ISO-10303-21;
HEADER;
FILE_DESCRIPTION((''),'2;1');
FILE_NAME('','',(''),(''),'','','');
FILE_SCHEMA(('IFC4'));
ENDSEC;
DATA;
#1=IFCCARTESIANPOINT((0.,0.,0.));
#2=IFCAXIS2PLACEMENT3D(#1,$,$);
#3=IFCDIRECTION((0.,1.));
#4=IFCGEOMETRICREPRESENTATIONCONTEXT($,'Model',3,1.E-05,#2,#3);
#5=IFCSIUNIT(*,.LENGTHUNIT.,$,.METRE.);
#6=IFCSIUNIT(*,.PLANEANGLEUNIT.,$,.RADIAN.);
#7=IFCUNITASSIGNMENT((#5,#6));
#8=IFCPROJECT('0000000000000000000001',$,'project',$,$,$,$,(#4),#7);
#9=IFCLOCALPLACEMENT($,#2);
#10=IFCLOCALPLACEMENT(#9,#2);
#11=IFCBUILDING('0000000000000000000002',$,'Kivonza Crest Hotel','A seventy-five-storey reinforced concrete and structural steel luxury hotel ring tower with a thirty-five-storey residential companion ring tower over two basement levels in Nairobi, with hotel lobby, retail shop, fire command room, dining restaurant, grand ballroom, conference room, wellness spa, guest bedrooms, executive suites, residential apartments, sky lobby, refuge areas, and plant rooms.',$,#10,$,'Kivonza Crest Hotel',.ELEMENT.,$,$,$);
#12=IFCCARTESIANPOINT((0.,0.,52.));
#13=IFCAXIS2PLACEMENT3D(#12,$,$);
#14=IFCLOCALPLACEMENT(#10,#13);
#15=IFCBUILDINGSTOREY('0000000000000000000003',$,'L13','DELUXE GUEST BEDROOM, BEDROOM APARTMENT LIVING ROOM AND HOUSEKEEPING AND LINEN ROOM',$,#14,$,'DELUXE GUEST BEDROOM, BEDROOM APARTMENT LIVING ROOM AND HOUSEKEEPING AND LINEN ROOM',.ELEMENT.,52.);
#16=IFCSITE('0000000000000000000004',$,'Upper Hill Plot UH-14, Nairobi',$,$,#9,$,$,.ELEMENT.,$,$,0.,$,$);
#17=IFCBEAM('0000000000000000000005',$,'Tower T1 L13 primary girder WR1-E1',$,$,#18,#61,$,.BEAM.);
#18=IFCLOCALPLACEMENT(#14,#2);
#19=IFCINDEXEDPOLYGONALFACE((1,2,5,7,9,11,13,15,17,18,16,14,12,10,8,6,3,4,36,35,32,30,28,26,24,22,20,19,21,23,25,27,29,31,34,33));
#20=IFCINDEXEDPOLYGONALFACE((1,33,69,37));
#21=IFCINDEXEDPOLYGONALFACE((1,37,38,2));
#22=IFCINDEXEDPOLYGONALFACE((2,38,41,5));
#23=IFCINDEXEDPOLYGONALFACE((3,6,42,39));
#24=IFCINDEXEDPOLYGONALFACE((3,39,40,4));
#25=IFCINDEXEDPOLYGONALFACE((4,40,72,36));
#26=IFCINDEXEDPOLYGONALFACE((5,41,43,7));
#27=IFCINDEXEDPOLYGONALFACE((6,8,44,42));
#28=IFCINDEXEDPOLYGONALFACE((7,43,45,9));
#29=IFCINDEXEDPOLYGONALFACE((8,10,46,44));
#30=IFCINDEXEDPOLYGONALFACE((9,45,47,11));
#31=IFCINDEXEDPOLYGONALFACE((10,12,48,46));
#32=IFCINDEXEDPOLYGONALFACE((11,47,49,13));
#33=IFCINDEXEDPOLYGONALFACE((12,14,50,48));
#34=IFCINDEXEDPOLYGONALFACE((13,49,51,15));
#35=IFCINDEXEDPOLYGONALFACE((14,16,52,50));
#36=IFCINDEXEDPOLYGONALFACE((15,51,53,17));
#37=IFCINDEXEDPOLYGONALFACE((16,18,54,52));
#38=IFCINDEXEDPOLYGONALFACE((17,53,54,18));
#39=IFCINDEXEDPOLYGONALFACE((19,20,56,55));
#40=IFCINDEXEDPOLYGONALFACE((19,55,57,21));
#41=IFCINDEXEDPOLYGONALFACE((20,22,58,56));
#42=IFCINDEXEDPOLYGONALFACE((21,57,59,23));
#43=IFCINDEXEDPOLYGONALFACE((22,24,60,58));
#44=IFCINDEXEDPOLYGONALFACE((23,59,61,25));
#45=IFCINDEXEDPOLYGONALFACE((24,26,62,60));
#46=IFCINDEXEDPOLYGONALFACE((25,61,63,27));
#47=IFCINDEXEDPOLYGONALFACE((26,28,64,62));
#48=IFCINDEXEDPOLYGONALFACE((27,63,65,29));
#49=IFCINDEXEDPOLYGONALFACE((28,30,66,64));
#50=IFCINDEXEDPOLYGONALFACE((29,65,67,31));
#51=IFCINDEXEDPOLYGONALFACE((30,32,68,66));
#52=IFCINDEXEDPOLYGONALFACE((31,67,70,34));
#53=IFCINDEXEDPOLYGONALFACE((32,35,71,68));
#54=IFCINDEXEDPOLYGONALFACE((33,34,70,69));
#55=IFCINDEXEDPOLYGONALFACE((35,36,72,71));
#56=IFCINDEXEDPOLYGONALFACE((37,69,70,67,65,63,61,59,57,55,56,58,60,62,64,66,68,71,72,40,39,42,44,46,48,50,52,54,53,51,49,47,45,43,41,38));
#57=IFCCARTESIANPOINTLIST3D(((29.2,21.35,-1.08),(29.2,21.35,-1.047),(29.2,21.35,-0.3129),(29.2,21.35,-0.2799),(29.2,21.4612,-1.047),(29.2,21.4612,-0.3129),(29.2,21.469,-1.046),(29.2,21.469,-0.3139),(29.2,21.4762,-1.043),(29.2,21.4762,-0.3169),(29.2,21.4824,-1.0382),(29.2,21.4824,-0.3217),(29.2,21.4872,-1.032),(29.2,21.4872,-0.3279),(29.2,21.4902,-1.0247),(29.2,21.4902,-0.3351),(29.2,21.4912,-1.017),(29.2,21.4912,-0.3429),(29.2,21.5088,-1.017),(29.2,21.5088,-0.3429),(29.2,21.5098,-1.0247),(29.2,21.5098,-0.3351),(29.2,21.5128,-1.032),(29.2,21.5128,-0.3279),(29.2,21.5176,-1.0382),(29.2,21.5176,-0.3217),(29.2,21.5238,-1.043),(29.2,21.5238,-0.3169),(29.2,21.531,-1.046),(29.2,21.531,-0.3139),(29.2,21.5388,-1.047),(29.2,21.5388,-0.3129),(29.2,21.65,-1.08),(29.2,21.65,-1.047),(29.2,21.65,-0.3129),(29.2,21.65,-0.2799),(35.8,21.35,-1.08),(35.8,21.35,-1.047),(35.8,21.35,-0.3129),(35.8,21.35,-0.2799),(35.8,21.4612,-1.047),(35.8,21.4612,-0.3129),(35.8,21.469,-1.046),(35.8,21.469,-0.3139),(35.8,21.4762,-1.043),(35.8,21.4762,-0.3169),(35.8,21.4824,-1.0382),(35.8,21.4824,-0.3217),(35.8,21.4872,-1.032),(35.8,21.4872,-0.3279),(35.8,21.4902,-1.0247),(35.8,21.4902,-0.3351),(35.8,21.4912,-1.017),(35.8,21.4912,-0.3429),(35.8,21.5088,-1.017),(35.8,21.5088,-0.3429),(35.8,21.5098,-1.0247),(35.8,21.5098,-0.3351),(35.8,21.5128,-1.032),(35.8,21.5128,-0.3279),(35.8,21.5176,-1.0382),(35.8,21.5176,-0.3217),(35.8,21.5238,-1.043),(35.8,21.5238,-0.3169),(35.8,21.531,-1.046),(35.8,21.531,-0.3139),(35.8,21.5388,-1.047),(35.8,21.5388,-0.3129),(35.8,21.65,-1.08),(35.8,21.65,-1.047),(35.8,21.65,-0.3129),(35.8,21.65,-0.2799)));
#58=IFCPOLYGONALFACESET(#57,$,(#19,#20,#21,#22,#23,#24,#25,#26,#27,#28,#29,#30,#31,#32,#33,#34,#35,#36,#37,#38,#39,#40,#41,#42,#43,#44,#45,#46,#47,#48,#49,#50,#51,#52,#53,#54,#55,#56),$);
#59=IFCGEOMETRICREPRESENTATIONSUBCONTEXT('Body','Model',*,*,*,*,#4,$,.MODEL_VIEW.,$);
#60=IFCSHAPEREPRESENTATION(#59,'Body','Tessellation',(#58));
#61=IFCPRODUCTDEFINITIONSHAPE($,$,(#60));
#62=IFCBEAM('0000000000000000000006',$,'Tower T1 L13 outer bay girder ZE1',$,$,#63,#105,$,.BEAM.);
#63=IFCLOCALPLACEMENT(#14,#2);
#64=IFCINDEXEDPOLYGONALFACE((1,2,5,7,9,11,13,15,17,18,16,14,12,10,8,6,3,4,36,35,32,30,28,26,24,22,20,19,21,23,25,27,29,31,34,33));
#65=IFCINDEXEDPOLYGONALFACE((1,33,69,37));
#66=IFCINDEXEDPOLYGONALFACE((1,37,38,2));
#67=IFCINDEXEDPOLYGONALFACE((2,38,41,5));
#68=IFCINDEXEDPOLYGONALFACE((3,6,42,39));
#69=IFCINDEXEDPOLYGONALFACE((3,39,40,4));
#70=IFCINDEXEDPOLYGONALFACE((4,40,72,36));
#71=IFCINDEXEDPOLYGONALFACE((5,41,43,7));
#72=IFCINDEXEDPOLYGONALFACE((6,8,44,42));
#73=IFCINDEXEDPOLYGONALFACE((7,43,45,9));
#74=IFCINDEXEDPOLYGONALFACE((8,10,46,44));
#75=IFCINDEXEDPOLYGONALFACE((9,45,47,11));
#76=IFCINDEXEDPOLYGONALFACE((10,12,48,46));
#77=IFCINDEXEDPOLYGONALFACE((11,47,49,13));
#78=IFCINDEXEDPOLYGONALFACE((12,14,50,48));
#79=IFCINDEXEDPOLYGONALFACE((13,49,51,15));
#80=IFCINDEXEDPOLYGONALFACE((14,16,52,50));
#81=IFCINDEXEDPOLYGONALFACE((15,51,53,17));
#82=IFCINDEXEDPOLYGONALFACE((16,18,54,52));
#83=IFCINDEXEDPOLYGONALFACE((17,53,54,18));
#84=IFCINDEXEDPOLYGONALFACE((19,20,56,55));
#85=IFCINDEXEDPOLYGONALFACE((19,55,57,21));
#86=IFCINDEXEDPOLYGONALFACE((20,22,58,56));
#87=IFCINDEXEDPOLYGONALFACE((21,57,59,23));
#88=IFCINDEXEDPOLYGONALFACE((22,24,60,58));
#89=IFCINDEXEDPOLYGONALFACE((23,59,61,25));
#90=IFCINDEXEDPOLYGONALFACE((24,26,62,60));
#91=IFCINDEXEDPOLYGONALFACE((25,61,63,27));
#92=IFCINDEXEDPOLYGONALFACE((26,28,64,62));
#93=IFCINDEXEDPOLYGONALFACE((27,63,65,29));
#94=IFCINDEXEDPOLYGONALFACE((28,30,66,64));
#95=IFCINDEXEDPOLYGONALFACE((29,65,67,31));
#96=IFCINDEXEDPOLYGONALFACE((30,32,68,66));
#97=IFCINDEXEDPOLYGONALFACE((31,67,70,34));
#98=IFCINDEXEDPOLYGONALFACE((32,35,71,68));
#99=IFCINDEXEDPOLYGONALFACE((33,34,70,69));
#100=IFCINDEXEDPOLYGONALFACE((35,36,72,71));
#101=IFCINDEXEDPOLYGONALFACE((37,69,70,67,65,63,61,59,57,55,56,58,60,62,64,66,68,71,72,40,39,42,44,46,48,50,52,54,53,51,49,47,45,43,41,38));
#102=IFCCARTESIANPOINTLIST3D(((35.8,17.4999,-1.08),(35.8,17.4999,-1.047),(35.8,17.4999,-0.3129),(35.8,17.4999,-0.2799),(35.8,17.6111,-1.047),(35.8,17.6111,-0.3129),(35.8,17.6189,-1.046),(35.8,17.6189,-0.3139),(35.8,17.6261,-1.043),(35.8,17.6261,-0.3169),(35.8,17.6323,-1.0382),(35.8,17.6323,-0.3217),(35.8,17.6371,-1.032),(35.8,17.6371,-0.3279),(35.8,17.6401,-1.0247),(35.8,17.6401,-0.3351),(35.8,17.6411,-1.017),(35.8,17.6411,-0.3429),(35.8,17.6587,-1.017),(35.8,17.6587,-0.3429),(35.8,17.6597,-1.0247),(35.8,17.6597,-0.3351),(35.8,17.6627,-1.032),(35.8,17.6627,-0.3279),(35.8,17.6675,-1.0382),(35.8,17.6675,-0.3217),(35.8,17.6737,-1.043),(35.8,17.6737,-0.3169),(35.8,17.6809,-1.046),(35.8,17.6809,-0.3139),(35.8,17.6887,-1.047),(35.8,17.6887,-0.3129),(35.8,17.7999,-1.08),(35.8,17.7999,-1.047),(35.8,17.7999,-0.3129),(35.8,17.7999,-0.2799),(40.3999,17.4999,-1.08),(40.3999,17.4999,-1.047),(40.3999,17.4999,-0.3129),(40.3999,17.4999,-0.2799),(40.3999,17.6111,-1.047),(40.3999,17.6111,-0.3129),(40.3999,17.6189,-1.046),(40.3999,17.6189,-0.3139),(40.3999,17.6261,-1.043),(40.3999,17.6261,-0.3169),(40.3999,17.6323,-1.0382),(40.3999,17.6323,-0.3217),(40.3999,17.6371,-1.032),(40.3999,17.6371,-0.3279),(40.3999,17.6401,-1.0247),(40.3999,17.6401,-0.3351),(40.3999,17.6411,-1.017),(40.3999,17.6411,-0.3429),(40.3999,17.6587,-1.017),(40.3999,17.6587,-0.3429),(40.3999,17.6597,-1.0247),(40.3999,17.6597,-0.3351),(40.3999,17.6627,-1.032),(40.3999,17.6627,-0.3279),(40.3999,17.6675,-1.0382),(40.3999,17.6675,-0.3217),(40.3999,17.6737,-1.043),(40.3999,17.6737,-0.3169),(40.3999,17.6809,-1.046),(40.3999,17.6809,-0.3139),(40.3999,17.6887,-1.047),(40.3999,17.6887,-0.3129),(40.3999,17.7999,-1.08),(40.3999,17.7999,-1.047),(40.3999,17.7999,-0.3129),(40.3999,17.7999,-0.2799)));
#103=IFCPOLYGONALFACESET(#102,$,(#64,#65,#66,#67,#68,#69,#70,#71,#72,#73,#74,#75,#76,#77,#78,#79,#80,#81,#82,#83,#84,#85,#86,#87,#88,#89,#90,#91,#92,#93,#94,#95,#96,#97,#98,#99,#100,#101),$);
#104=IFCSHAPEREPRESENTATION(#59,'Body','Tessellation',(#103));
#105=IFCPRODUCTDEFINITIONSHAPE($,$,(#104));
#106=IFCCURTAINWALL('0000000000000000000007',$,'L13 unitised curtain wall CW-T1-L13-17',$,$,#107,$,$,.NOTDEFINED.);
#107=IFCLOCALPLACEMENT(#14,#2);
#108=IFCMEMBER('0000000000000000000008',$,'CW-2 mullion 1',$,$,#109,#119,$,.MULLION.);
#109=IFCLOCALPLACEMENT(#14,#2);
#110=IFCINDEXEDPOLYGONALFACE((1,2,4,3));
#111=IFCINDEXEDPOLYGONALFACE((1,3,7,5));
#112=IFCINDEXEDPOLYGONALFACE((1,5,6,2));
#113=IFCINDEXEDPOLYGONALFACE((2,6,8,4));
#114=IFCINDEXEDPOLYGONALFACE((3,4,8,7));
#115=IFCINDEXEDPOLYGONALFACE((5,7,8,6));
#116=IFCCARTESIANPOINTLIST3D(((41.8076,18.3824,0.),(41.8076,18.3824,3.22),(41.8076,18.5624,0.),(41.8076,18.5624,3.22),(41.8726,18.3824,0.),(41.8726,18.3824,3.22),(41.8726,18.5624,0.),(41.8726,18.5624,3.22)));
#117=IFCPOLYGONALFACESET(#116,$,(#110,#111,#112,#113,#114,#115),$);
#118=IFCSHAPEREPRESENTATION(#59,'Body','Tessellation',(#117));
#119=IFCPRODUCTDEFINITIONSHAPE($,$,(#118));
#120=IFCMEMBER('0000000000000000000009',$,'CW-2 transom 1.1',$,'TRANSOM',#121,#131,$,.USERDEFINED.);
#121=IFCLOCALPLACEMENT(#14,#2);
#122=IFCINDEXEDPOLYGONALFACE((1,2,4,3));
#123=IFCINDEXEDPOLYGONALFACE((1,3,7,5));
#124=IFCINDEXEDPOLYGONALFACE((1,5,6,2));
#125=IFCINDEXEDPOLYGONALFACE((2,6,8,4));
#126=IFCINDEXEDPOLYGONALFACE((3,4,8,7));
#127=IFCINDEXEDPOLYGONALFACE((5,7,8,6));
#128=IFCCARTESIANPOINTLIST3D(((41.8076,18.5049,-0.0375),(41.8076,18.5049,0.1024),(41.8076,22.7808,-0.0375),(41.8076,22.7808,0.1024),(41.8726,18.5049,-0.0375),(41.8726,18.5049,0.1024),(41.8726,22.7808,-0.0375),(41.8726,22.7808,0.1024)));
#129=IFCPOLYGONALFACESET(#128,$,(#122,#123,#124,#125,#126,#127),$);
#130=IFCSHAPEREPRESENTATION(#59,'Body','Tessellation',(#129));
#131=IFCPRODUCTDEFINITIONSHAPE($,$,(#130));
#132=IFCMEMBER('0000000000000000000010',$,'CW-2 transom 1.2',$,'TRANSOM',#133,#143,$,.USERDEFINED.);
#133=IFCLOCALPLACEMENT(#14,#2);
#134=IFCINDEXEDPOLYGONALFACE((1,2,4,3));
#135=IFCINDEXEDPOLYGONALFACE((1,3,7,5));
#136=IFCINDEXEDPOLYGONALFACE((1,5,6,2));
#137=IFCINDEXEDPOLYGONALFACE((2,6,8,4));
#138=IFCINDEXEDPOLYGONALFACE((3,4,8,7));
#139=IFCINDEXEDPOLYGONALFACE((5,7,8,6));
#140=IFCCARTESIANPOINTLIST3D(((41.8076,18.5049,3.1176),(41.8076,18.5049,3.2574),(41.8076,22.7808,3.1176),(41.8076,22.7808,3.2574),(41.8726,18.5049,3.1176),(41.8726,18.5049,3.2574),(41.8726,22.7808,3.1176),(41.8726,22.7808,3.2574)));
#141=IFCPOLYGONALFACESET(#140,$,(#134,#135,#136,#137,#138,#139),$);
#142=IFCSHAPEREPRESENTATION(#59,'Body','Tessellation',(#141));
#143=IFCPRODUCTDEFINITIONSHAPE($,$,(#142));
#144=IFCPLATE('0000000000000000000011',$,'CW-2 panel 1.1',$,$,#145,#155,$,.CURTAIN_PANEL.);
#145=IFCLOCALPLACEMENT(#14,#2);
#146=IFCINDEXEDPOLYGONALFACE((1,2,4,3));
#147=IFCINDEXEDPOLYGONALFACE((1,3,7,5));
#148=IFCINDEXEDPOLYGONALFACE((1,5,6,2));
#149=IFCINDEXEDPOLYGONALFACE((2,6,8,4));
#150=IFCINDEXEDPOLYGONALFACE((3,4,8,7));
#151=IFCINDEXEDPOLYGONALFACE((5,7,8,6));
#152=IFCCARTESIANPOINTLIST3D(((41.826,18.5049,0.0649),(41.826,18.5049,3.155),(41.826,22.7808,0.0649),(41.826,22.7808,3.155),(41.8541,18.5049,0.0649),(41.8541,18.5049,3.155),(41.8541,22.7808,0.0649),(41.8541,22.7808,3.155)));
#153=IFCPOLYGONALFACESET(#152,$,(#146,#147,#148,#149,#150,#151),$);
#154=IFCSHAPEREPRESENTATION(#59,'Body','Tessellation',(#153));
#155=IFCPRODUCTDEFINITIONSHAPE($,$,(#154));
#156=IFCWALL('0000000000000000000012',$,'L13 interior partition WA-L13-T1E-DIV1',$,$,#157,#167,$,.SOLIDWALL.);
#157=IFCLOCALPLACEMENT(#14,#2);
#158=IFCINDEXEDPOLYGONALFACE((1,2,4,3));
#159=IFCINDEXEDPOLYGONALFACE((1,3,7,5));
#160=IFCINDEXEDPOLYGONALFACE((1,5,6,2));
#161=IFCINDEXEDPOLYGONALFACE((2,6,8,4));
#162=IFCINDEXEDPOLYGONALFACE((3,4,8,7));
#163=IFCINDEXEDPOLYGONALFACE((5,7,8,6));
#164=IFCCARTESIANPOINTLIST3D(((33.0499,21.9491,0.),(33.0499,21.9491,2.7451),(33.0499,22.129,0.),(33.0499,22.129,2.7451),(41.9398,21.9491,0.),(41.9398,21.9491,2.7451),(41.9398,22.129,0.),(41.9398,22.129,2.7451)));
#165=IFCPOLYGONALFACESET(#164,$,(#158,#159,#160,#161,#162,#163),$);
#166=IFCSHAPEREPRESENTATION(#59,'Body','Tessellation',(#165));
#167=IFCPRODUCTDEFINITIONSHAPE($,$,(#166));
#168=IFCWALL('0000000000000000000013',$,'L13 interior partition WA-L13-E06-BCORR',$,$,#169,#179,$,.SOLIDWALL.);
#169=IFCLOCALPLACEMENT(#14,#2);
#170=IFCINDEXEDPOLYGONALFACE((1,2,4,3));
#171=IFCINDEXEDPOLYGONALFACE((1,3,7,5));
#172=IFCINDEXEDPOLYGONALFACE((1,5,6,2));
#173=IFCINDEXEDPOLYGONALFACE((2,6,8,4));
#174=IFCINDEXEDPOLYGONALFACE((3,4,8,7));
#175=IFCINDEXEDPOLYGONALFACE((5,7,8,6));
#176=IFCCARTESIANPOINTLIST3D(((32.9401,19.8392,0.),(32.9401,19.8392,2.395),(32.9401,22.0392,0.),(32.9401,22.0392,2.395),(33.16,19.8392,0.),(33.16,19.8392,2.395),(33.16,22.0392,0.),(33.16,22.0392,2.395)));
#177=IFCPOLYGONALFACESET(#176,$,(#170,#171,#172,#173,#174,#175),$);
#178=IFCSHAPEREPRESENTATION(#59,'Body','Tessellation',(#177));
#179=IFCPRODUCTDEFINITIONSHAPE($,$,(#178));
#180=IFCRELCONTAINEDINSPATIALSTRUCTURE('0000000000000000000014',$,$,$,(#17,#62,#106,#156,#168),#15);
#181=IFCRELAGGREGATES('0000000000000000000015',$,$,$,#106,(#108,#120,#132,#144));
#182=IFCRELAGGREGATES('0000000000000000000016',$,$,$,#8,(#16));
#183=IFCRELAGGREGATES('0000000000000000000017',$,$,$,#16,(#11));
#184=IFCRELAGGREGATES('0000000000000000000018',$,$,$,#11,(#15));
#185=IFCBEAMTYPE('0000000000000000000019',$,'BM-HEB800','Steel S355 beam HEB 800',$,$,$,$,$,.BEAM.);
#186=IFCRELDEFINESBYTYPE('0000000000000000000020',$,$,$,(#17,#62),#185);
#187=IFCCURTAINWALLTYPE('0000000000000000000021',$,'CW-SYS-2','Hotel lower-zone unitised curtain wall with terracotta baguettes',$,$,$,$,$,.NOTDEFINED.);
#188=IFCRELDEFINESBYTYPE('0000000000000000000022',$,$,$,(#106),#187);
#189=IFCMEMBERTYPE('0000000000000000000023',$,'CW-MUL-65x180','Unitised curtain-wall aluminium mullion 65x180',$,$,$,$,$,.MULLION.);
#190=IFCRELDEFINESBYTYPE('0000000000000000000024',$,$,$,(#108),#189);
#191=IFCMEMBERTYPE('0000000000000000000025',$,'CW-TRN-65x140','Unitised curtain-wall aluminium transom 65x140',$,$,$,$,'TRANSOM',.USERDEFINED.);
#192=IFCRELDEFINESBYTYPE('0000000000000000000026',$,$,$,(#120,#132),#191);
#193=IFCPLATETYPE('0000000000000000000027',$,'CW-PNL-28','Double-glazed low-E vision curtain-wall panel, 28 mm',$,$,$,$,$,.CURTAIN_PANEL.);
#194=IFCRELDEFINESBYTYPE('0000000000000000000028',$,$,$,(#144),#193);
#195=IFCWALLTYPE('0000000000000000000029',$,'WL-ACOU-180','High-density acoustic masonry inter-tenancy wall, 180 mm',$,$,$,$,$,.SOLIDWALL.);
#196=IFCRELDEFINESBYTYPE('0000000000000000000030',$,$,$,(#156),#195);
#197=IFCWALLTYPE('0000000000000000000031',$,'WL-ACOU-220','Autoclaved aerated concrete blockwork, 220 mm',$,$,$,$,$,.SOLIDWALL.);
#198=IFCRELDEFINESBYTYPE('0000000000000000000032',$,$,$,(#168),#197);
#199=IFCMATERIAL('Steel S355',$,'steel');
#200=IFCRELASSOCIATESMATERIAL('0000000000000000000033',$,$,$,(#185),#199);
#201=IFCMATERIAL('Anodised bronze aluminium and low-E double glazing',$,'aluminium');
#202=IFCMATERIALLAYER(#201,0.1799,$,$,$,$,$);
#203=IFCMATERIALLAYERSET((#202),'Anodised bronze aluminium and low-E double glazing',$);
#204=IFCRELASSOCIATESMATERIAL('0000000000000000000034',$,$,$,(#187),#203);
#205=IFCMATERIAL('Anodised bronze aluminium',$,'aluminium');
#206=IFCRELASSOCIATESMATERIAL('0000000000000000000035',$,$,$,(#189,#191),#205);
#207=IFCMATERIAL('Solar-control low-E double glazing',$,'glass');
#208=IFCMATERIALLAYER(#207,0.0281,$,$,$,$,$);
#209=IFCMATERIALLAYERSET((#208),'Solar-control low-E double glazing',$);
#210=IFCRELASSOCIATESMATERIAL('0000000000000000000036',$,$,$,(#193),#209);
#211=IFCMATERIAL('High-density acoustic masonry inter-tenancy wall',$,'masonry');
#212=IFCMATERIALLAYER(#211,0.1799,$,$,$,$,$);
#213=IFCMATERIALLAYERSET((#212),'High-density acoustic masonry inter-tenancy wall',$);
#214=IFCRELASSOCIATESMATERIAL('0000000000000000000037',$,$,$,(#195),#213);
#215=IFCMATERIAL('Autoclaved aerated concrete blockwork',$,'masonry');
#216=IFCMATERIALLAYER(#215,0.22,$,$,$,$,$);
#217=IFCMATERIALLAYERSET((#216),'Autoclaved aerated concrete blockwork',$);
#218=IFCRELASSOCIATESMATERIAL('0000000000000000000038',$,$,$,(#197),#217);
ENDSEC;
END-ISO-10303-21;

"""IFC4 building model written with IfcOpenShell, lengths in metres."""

from ifc_helpers import new_model, si_unit, direction, frame, frame_2d, origin, origin_2d, place, context, subcontext, project, spatial, rectangle, i_section, extrude, material, layer, layer_set, material_profile, profile_set, type_object, element, aggregate, save


model = new_model("IFC4")

# Units and contexts
model_context = context("Model", 3, precision=1e-05, world=origin(), true_north=direction((0.0, 1.0)))
body_context = subcontext(model_context, "Body", "Model", "MODEL_VIEW")
ifc_project = project(units=[si_unit("LENGTHUNIT", "METRE"), si_unit("PLANEANGLEUNIT", "RADIAN")], contexts=[model_context])

# Site, building, storey
site_placement = place(None, origin())
site = spatial("IfcSite", under=ifc_project, at=site_placement, Name="Upper Hill Plot UH-14, Nairobi", CompositionType="ELEMENT", RefElevation=0.0)
building_placement = place(site_placement, origin())
building = spatial("IfcBuilding", under=site, at=building_placement, Name="Kivonza Crest Hotel", Description="A seventy-five-storey reinforced concrete and structural steel luxury hotel ring tower with a thirty-five-storey residential companion ring tower over two basement levels in Nairobi, with hotel lobby, retail shop, fire command room, dining restaurant, grand ballroom, conference room, wellness spa, guest bedrooms, executive suites, residential apartments, sky lobby, refuge areas, and plant rooms.", LongName="Kivonza Crest Hotel", CompositionType="ELEMENT")
storey_placement = place(building_placement, frame((0.0, 0.0, 52.0)))
storey = spatial("IfcBuildingStorey", under=building, at=storey_placement, Name="L13", Description="DELUXE GUEST BEDROOM, BEDROOM APARTMENT LIVING ROOM AND HOUSEKEEPING AND LINEN ROOM", LongName="DELUXE GUEST BEDROOM, BEDROOM APARTMENT LIVING ROOM AND HOUSEKEEPING AND LINEN ROOM", CompositionType="ELEMENT", Elevation=52.0)

# Beams
ifc_material_1 = material(Name="Steel S355", Category="steel")
ifc_material_profile_1 = material_profile(ifc_material_1, i_section(OverallWidth=0.3, OverallDepth=0.8, WebThickness=0.0176, FlangeThickness=0.033, FilletRadius=0.03, at=origin_2d()), Name="HEB 800")
ifc_profile_set_1 = profile_set([ifc_material_profile_1], Name="Steel S355")
beam_type_1 = type_object("IfcBeamType", Name="BM-HEB800", Description="Steel S355 beam HEB 800", PredefinedType="BEAM", material=ifc_profile_set_1)
beam_1_placement = place(storey_placement, frame((29.2, 21.5, -0.6799), z_axis=(1.0, 0.0, 0.0), x_axis=(0.0, 1.0, 0.0)))
element("IfcBeam", 1, at=beam_1_placement, inside=storey, type_object=beam_type_1, Name="Tower T1 L13 primary girder WR1-E1", PredefinedType="BEAM", context=body_context, shape_type="SweptSolid", body=[
    extrude(i_section(OverallWidth=0.3, OverallDepth=0.8, WebThickness=0.0176, FlangeThickness=0.033, FilletRadius=0.03, at=origin_2d()), origin(), (0.0, 0.0, 1.0), 6.6001),
])
beam_2_placement = place(storey_placement, frame((40.3999, 17.6499, -0.6799), z_axis=(-1.0, 0.0, 0.0), x_axis=(0.0, -1.0, 0.0)))
element("IfcBeam", 2, at=beam_2_placement, inside=storey, type_object=beam_type_1, Name="Tower T1 L13 outer bay girder ZE1", PredefinedType="BEAM", context=body_context, shape_type="SweptSolid", body=[
    extrude(i_section(OverallWidth=0.3, OverallDepth=0.8, WebThickness=0.0176, FlangeThickness=0.033, FilletRadius=0.03, at=origin_2d()), origin(), (0.0, 0.0, 1.0), 4.5999),
])

# Curtain wall, members, plate
ifc_material_2 = material(Name="Anodised bronze aluminium and low-E double glazing", Category="aluminium")
ifc_layer_1 = layer(ifc_material_2, 0.1799)
ifc_layer_set_1 = layer_set([ifc_layer_1], Name="Anodised bronze aluminium and low-E double glazing")
curtain_wall_type = type_object("IfcCurtainWallType", Name="CW-SYS-2", Description="Hotel lower-zone unitised curtain wall with terracotta baguettes", PredefinedType="NOTDEFINED", material=ifc_layer_set_1)
curtain_wall_placement = place(storey_placement, origin())
curtain_wall = element("IfcCurtainWall", 3, at=curtain_wall_placement, inside=storey, type_object=curtain_wall_type, Name="L13 unitised curtain wall CW-T1-L13-17", PredefinedType="NOTDEFINED")
ifc_material_3 = material(Name="Anodised bronze aluminium", Category="aluminium")
ifc_material_profile_2 = material_profile(ifc_material_3, rectangle(XDim=0.0649, YDim=0.1799, at=origin_2d()), Name="CW-M 65x180")
ifc_profile_set_2 = profile_set([ifc_material_profile_2], Name="Anodised bronze aluminium")
member_type_1 = type_object("IfcMemberType", Name="CW-MUL-65x180", Description="Unitised curtain-wall aluminium mullion 65x180", PredefinedType="MULLION", material=ifc_profile_set_2)
member_1_placement = place(storey_placement, frame((41.8401, 18.4724, 0.0), z_axis=(0.0, 0.0, 1.0), x_axis=(-1.0, 0.0, 0.0)))
member_1 = element("IfcMember", 4, at=member_1_placement, type_object=member_type_1, Name="CW-2 mullion 1", PredefinedType="MULLION", context=body_context, shape_type="SweptSolid", body=[
    extrude(rectangle(XDim=0.0649, YDim=0.1799, at=origin_2d()), origin(), (0.0, 0.0, 1.0), 3.22),
])
ifc_material_profile_3 = material_profile(ifc_material_3, rectangle(XDim=0.0649, YDim=0.1399, at=origin_2d()), Name="CW-T 65x140")
ifc_profile_set_3 = profile_set([ifc_material_profile_3], Name="Anodised bronze aluminium")
member_type_2 = type_object("IfcMemberType", Name="CW-TRN-65x140", Description="Unitised curtain-wall aluminium transom 65x140", ElementType="TRANSOM", PredefinedType="USERDEFINED", material=ifc_profile_set_3)
member_2_placement = place(storey_placement, frame((41.8401, 18.5049, 0.0325), z_axis=(0.0, 1.0, 0.0), x_axis=(-1.0, 0.0, 0.0)))
member_2 = element("IfcMember", 5, at=member_2_placement, type_object=member_type_2, Name="CW-2 transom 1.1", ObjectType="TRANSOM", PredefinedType="USERDEFINED", context=body_context, shape_type="SweptSolid", body=[
    extrude(rectangle(XDim=0.0649, YDim=0.1399, at=origin_2d()), origin(), (0.0, 0.0, 1.0), 4.2759),
])
member_3_placement = place(storey_placement, frame((41.8401, 18.5049, 3.1875), z_axis=(0.0, 1.0, 0.0), x_axis=(-1.0, 0.0, 0.0)))
member_3 = element("IfcMember", 6, at=member_3_placement, type_object=member_type_2, Name="CW-2 transom 1.2", ObjectType="TRANSOM", PredefinedType="USERDEFINED", context=body_context, shape_type="SweptSolid", body=[
    extrude(rectangle(XDim=0.0649, YDim=0.1399, at=origin_2d()), origin(), (0.0, 0.0, 1.0), 4.2759),
])
ifc_material_4 = material(Name="Solar-control low-E double glazing", Category="glass")
ifc_layer_2 = layer(ifc_material_4, 0.0281)
ifc_layer_set_2 = layer_set([ifc_layer_2], Name="Solar-control low-E double glazing")
plate_type = type_object("IfcPlateType", Name="CW-PNL-28", Description="Double-glazed low-E vision curtain-wall panel, 28 mm", PredefinedType="CURTAIN_PANEL", material=ifc_layer_set_2)
plate_placement = place(storey_placement, frame((41.8401, 20.6428, 0.0649), z_axis=(0.0, 0.0, 1.0), x_axis=(0.0, 1.0, 0.0)))
plate = element("IfcPlate", 7, at=plate_placement, type_object=plate_type, Name="CW-2 panel 1.1", PredefinedType="CURTAIN_PANEL", context=body_context, shape_type="SweptSolid", body=[
    extrude(rectangle(XDim=4.2759, YDim=0.0281, at=origin_2d()), origin(), (0.0, 0.0, 1.0), 3.0901),
])
aggregate(curtain_wall, [member_1, member_2, member_3, plate])

# Walls
ifc_material_5 = material(Name="High-density acoustic masonry inter-tenancy wall", Category="masonry")
ifc_layer_3 = layer(ifc_material_5, 0.1799)
ifc_layer_set_3 = layer_set([ifc_layer_3], Name="High-density acoustic masonry inter-tenancy wall")
wall_type_1 = type_object("IfcWallType", Name="WL-ACOU-180", Description="High-density acoustic masonry inter-tenancy wall, 180 mm", PredefinedType="SOLIDWALL", material=ifc_layer_set_3)
wall_1_placement = place(storey_placement, frame((33.05, 22.0391, 0.0), z_axis=(0.0, 0.0, 1.0), x_axis=(1.0, 0.0, 0.0)))
element("IfcWall", 8, at=wall_1_placement, inside=storey, type_object=wall_type_1, Name="L13 interior partition WA-L13-T1E-DIV1", PredefinedType="SOLIDWALL", context=body_context, shape_type="SweptSolid", body=[
    extrude(rectangle(XDim=8.8899, YDim=0.1799, at=frame_2d((4.4448, 0.0))), origin(), (0.0, 0.0, 1.0), 2.7451),
])
ifc_material_6 = material(Name="Autoclaved aerated concrete blockwork", Category="masonry")
ifc_layer_4 = layer(ifc_material_6, 0.22)
ifc_layer_set_4 = layer_set([ifc_layer_4], Name="Autoclaved aerated concrete blockwork")
wall_type_2 = type_object("IfcWallType", Name="WL-ACOU-220", Description="Autoclaved aerated concrete blockwork, 220 mm", PredefinedType="SOLIDWALL", material=ifc_layer_set_4)
wall_2_placement = place(storey_placement, frame((33.05, 19.8391, 0.0), z_axis=(0.0, 0.0, 1.0), x_axis=(0.0, 1.0, 0.0)))
element("IfcWall", 9, at=wall_2_placement, inside=storey, type_object=wall_type_2, Name="L13 interior partition WA-L13-E06-BCORR", PredefinedType="SOLIDWALL", context=body_context, shape_type="SweptSolid", body=[
    extrude(rectangle(XDim=2.2, YDim=0.22, at=frame_2d((1.1001, 0.0))), origin(), (0.0, 0.0, 1.0), 2.395),
])

save(model, "model.ifc")
